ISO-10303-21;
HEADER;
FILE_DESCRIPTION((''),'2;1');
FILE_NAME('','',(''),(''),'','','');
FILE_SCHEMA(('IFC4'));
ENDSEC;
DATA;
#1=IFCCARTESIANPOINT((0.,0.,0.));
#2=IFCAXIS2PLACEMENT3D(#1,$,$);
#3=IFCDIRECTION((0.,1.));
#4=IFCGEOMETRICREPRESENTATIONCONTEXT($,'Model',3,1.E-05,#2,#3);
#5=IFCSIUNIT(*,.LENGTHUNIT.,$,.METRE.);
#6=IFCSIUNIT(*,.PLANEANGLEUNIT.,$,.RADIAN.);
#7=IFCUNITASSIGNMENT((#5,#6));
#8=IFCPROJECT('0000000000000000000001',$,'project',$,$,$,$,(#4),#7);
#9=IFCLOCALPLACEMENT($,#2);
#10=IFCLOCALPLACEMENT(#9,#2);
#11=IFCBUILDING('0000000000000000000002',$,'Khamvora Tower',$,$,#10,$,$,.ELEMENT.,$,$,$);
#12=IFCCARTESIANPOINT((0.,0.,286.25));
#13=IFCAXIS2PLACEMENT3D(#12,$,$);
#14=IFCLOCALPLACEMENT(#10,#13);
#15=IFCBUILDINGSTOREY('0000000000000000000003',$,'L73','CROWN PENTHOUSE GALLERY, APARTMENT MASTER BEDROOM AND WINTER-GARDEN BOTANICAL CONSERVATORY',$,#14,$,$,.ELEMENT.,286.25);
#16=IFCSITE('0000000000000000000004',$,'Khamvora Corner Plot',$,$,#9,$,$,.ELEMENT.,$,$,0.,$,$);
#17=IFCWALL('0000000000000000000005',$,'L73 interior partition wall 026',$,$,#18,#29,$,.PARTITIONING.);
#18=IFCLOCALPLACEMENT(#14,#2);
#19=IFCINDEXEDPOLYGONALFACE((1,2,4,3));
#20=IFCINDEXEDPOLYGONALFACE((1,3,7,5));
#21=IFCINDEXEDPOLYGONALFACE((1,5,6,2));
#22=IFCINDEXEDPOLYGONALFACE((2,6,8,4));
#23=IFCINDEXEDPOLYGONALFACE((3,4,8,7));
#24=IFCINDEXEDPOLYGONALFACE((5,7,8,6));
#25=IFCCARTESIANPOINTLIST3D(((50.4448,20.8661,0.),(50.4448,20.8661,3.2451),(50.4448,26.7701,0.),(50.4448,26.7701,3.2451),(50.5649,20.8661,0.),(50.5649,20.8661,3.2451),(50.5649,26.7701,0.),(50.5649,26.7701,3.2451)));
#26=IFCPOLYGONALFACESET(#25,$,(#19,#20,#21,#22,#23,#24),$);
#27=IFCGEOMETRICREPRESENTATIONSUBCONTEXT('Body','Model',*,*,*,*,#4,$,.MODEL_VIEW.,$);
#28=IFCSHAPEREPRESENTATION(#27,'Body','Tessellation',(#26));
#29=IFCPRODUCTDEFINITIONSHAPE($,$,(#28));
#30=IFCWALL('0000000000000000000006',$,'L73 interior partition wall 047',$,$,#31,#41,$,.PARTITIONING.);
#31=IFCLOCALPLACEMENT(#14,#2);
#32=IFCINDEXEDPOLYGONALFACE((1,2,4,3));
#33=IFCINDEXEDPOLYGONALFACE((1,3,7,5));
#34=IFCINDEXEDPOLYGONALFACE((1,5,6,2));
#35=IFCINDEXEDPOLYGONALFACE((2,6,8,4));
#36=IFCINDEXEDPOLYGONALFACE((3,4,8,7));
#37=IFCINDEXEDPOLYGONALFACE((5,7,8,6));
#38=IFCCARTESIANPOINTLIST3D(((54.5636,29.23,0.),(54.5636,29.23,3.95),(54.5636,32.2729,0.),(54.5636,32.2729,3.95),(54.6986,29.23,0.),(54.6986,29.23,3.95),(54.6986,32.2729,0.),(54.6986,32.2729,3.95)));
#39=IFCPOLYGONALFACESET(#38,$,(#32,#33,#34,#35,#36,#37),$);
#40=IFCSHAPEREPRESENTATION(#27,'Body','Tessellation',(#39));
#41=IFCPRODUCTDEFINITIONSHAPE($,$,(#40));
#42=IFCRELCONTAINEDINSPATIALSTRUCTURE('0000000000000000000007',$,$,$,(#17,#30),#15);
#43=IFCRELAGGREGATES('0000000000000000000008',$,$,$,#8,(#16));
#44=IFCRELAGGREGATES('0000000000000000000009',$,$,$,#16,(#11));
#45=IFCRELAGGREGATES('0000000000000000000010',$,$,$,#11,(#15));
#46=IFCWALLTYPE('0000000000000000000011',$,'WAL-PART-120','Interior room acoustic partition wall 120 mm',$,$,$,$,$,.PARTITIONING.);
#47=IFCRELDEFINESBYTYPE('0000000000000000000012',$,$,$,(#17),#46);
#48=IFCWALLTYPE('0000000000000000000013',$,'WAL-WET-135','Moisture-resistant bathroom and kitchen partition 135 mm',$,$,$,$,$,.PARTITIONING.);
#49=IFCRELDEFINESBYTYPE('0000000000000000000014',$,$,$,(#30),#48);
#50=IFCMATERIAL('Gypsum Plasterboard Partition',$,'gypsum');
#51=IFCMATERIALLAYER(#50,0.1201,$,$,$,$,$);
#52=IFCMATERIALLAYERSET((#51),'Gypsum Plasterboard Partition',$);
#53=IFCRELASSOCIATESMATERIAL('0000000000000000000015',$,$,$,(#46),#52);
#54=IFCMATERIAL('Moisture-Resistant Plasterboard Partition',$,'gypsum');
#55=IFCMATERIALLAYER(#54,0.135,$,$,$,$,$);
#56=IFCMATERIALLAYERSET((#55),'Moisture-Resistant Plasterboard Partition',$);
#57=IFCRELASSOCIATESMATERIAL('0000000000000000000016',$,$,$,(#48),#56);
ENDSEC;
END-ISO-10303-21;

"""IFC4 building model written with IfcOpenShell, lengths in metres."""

from ifc_helpers import new_model, si_unit, direction, frame, frame_2d, origin, place, context, subcontext, project, spatial, rectangle, extrude, material, layer, layer_set, type_object, element, save


model = new_model("IFC4")

# Units and contexts
model_context = context("Model", 3, precision=1e-05, world=origin(), true_north=direction((0.0, 1.0)))
body_context = subcontext(model_context, "Body", "Model", "MODEL_VIEW")
ifc_project = project(units=[si_unit("LENGTHUNIT", "METRE"), si_unit("PLANEANGLEUNIT", "RADIAN")], contexts=[model_context])

# Site, building, storey
site_placement = place(None, origin())
site = spatial("IfcSite", under=ifc_project, at=site_placement, Name="Khamvora Corner Plot", CompositionType="ELEMENT", RefElevation=0.0)
building_placement = place(site_placement, origin())
building = spatial("IfcBuilding", under=site, at=building_placement, Name="Khamvora Tower", CompositionType="ELEMENT")
storey_placement = place(building_placement, frame((0.0, 0.0, 286.25)))
storey = spatial("IfcBuildingStorey", under=building, at=storey_placement, Name="L73", Description="CROWN PENTHOUSE GALLERY, APARTMENT MASTER BEDROOM AND WINTER-GARDEN BOTANICAL CONSERVATORY", CompositionType="ELEMENT", Elevation=286.25)

# Walls
ifc_material_1 = material(Name="Gypsum Plasterboard Partition", Category="gypsum")
ifc_layer_1 = layer(ifc_material_1, 0.1201)
ifc_layer_set_1 = layer_set([ifc_layer_1], Name="Gypsum Plasterboard Partition")
wall_type_1 = type_object("IfcWallType", Name="WAL-PART-120", Description="Interior room acoustic partition wall 120 mm", PredefinedType="PARTITIONING", material=ifc_layer_set_1)
wall_1_placement = place(storey_placement, frame((50.5049, 20.866, 0.0), z_axis=(0.0, 0.0, 1.0), x_axis=(0.0, 1.0, 0.0)))
element("IfcWall", 1, at=wall_1_placement, inside=storey, type_object=wall_type_1, Name="L73 interior partition wall 026", PredefinedType="PARTITIONING", context=body_context, shape_type="SweptSolid", body=[
    extrude(rectangle(XDim=5.9041, YDim=0.1201, at=frame_2d((2.9521, 0.0))), origin(), (0.0, 0.0, 1.0), 3.2451),
])
ifc_material_2 = material(Name="Moisture-Resistant Plasterboard Partition", Category="gypsum")
ifc_layer_2 = layer(ifc_material_2, 0.135)
ifc_layer_set_2 = layer_set([ifc_layer_2], Name="Moisture-Resistant Plasterboard Partition")
wall_type_2 = type_object("IfcWallType", Name="WAL-WET-135", Description="Moisture-resistant bathroom and kitchen partition 135 mm", PredefinedType="PARTITIONING", material=ifc_layer_set_2)
wall_2_placement = place(storey_placement, frame((54.6311, 29.23, 0.0), z_axis=(0.0, 0.0, 1.0), x_axis=(0.0, 1.0, 0.0)))
element("IfcWall", 2, at=wall_2_placement, inside=storey, type_object=wall_type_2, Name="L73 interior partition wall 047", PredefinedType="PARTITIONING", context=body_context, shape_type="SweptSolid", body=[
    extrude(rectangle(XDim=3.043, YDim=0.135, at=frame_2d((1.5215, 0.0))), origin(), (0.0, 0.0, 1.0), 3.95),
])

save(model, "model.ifc")
